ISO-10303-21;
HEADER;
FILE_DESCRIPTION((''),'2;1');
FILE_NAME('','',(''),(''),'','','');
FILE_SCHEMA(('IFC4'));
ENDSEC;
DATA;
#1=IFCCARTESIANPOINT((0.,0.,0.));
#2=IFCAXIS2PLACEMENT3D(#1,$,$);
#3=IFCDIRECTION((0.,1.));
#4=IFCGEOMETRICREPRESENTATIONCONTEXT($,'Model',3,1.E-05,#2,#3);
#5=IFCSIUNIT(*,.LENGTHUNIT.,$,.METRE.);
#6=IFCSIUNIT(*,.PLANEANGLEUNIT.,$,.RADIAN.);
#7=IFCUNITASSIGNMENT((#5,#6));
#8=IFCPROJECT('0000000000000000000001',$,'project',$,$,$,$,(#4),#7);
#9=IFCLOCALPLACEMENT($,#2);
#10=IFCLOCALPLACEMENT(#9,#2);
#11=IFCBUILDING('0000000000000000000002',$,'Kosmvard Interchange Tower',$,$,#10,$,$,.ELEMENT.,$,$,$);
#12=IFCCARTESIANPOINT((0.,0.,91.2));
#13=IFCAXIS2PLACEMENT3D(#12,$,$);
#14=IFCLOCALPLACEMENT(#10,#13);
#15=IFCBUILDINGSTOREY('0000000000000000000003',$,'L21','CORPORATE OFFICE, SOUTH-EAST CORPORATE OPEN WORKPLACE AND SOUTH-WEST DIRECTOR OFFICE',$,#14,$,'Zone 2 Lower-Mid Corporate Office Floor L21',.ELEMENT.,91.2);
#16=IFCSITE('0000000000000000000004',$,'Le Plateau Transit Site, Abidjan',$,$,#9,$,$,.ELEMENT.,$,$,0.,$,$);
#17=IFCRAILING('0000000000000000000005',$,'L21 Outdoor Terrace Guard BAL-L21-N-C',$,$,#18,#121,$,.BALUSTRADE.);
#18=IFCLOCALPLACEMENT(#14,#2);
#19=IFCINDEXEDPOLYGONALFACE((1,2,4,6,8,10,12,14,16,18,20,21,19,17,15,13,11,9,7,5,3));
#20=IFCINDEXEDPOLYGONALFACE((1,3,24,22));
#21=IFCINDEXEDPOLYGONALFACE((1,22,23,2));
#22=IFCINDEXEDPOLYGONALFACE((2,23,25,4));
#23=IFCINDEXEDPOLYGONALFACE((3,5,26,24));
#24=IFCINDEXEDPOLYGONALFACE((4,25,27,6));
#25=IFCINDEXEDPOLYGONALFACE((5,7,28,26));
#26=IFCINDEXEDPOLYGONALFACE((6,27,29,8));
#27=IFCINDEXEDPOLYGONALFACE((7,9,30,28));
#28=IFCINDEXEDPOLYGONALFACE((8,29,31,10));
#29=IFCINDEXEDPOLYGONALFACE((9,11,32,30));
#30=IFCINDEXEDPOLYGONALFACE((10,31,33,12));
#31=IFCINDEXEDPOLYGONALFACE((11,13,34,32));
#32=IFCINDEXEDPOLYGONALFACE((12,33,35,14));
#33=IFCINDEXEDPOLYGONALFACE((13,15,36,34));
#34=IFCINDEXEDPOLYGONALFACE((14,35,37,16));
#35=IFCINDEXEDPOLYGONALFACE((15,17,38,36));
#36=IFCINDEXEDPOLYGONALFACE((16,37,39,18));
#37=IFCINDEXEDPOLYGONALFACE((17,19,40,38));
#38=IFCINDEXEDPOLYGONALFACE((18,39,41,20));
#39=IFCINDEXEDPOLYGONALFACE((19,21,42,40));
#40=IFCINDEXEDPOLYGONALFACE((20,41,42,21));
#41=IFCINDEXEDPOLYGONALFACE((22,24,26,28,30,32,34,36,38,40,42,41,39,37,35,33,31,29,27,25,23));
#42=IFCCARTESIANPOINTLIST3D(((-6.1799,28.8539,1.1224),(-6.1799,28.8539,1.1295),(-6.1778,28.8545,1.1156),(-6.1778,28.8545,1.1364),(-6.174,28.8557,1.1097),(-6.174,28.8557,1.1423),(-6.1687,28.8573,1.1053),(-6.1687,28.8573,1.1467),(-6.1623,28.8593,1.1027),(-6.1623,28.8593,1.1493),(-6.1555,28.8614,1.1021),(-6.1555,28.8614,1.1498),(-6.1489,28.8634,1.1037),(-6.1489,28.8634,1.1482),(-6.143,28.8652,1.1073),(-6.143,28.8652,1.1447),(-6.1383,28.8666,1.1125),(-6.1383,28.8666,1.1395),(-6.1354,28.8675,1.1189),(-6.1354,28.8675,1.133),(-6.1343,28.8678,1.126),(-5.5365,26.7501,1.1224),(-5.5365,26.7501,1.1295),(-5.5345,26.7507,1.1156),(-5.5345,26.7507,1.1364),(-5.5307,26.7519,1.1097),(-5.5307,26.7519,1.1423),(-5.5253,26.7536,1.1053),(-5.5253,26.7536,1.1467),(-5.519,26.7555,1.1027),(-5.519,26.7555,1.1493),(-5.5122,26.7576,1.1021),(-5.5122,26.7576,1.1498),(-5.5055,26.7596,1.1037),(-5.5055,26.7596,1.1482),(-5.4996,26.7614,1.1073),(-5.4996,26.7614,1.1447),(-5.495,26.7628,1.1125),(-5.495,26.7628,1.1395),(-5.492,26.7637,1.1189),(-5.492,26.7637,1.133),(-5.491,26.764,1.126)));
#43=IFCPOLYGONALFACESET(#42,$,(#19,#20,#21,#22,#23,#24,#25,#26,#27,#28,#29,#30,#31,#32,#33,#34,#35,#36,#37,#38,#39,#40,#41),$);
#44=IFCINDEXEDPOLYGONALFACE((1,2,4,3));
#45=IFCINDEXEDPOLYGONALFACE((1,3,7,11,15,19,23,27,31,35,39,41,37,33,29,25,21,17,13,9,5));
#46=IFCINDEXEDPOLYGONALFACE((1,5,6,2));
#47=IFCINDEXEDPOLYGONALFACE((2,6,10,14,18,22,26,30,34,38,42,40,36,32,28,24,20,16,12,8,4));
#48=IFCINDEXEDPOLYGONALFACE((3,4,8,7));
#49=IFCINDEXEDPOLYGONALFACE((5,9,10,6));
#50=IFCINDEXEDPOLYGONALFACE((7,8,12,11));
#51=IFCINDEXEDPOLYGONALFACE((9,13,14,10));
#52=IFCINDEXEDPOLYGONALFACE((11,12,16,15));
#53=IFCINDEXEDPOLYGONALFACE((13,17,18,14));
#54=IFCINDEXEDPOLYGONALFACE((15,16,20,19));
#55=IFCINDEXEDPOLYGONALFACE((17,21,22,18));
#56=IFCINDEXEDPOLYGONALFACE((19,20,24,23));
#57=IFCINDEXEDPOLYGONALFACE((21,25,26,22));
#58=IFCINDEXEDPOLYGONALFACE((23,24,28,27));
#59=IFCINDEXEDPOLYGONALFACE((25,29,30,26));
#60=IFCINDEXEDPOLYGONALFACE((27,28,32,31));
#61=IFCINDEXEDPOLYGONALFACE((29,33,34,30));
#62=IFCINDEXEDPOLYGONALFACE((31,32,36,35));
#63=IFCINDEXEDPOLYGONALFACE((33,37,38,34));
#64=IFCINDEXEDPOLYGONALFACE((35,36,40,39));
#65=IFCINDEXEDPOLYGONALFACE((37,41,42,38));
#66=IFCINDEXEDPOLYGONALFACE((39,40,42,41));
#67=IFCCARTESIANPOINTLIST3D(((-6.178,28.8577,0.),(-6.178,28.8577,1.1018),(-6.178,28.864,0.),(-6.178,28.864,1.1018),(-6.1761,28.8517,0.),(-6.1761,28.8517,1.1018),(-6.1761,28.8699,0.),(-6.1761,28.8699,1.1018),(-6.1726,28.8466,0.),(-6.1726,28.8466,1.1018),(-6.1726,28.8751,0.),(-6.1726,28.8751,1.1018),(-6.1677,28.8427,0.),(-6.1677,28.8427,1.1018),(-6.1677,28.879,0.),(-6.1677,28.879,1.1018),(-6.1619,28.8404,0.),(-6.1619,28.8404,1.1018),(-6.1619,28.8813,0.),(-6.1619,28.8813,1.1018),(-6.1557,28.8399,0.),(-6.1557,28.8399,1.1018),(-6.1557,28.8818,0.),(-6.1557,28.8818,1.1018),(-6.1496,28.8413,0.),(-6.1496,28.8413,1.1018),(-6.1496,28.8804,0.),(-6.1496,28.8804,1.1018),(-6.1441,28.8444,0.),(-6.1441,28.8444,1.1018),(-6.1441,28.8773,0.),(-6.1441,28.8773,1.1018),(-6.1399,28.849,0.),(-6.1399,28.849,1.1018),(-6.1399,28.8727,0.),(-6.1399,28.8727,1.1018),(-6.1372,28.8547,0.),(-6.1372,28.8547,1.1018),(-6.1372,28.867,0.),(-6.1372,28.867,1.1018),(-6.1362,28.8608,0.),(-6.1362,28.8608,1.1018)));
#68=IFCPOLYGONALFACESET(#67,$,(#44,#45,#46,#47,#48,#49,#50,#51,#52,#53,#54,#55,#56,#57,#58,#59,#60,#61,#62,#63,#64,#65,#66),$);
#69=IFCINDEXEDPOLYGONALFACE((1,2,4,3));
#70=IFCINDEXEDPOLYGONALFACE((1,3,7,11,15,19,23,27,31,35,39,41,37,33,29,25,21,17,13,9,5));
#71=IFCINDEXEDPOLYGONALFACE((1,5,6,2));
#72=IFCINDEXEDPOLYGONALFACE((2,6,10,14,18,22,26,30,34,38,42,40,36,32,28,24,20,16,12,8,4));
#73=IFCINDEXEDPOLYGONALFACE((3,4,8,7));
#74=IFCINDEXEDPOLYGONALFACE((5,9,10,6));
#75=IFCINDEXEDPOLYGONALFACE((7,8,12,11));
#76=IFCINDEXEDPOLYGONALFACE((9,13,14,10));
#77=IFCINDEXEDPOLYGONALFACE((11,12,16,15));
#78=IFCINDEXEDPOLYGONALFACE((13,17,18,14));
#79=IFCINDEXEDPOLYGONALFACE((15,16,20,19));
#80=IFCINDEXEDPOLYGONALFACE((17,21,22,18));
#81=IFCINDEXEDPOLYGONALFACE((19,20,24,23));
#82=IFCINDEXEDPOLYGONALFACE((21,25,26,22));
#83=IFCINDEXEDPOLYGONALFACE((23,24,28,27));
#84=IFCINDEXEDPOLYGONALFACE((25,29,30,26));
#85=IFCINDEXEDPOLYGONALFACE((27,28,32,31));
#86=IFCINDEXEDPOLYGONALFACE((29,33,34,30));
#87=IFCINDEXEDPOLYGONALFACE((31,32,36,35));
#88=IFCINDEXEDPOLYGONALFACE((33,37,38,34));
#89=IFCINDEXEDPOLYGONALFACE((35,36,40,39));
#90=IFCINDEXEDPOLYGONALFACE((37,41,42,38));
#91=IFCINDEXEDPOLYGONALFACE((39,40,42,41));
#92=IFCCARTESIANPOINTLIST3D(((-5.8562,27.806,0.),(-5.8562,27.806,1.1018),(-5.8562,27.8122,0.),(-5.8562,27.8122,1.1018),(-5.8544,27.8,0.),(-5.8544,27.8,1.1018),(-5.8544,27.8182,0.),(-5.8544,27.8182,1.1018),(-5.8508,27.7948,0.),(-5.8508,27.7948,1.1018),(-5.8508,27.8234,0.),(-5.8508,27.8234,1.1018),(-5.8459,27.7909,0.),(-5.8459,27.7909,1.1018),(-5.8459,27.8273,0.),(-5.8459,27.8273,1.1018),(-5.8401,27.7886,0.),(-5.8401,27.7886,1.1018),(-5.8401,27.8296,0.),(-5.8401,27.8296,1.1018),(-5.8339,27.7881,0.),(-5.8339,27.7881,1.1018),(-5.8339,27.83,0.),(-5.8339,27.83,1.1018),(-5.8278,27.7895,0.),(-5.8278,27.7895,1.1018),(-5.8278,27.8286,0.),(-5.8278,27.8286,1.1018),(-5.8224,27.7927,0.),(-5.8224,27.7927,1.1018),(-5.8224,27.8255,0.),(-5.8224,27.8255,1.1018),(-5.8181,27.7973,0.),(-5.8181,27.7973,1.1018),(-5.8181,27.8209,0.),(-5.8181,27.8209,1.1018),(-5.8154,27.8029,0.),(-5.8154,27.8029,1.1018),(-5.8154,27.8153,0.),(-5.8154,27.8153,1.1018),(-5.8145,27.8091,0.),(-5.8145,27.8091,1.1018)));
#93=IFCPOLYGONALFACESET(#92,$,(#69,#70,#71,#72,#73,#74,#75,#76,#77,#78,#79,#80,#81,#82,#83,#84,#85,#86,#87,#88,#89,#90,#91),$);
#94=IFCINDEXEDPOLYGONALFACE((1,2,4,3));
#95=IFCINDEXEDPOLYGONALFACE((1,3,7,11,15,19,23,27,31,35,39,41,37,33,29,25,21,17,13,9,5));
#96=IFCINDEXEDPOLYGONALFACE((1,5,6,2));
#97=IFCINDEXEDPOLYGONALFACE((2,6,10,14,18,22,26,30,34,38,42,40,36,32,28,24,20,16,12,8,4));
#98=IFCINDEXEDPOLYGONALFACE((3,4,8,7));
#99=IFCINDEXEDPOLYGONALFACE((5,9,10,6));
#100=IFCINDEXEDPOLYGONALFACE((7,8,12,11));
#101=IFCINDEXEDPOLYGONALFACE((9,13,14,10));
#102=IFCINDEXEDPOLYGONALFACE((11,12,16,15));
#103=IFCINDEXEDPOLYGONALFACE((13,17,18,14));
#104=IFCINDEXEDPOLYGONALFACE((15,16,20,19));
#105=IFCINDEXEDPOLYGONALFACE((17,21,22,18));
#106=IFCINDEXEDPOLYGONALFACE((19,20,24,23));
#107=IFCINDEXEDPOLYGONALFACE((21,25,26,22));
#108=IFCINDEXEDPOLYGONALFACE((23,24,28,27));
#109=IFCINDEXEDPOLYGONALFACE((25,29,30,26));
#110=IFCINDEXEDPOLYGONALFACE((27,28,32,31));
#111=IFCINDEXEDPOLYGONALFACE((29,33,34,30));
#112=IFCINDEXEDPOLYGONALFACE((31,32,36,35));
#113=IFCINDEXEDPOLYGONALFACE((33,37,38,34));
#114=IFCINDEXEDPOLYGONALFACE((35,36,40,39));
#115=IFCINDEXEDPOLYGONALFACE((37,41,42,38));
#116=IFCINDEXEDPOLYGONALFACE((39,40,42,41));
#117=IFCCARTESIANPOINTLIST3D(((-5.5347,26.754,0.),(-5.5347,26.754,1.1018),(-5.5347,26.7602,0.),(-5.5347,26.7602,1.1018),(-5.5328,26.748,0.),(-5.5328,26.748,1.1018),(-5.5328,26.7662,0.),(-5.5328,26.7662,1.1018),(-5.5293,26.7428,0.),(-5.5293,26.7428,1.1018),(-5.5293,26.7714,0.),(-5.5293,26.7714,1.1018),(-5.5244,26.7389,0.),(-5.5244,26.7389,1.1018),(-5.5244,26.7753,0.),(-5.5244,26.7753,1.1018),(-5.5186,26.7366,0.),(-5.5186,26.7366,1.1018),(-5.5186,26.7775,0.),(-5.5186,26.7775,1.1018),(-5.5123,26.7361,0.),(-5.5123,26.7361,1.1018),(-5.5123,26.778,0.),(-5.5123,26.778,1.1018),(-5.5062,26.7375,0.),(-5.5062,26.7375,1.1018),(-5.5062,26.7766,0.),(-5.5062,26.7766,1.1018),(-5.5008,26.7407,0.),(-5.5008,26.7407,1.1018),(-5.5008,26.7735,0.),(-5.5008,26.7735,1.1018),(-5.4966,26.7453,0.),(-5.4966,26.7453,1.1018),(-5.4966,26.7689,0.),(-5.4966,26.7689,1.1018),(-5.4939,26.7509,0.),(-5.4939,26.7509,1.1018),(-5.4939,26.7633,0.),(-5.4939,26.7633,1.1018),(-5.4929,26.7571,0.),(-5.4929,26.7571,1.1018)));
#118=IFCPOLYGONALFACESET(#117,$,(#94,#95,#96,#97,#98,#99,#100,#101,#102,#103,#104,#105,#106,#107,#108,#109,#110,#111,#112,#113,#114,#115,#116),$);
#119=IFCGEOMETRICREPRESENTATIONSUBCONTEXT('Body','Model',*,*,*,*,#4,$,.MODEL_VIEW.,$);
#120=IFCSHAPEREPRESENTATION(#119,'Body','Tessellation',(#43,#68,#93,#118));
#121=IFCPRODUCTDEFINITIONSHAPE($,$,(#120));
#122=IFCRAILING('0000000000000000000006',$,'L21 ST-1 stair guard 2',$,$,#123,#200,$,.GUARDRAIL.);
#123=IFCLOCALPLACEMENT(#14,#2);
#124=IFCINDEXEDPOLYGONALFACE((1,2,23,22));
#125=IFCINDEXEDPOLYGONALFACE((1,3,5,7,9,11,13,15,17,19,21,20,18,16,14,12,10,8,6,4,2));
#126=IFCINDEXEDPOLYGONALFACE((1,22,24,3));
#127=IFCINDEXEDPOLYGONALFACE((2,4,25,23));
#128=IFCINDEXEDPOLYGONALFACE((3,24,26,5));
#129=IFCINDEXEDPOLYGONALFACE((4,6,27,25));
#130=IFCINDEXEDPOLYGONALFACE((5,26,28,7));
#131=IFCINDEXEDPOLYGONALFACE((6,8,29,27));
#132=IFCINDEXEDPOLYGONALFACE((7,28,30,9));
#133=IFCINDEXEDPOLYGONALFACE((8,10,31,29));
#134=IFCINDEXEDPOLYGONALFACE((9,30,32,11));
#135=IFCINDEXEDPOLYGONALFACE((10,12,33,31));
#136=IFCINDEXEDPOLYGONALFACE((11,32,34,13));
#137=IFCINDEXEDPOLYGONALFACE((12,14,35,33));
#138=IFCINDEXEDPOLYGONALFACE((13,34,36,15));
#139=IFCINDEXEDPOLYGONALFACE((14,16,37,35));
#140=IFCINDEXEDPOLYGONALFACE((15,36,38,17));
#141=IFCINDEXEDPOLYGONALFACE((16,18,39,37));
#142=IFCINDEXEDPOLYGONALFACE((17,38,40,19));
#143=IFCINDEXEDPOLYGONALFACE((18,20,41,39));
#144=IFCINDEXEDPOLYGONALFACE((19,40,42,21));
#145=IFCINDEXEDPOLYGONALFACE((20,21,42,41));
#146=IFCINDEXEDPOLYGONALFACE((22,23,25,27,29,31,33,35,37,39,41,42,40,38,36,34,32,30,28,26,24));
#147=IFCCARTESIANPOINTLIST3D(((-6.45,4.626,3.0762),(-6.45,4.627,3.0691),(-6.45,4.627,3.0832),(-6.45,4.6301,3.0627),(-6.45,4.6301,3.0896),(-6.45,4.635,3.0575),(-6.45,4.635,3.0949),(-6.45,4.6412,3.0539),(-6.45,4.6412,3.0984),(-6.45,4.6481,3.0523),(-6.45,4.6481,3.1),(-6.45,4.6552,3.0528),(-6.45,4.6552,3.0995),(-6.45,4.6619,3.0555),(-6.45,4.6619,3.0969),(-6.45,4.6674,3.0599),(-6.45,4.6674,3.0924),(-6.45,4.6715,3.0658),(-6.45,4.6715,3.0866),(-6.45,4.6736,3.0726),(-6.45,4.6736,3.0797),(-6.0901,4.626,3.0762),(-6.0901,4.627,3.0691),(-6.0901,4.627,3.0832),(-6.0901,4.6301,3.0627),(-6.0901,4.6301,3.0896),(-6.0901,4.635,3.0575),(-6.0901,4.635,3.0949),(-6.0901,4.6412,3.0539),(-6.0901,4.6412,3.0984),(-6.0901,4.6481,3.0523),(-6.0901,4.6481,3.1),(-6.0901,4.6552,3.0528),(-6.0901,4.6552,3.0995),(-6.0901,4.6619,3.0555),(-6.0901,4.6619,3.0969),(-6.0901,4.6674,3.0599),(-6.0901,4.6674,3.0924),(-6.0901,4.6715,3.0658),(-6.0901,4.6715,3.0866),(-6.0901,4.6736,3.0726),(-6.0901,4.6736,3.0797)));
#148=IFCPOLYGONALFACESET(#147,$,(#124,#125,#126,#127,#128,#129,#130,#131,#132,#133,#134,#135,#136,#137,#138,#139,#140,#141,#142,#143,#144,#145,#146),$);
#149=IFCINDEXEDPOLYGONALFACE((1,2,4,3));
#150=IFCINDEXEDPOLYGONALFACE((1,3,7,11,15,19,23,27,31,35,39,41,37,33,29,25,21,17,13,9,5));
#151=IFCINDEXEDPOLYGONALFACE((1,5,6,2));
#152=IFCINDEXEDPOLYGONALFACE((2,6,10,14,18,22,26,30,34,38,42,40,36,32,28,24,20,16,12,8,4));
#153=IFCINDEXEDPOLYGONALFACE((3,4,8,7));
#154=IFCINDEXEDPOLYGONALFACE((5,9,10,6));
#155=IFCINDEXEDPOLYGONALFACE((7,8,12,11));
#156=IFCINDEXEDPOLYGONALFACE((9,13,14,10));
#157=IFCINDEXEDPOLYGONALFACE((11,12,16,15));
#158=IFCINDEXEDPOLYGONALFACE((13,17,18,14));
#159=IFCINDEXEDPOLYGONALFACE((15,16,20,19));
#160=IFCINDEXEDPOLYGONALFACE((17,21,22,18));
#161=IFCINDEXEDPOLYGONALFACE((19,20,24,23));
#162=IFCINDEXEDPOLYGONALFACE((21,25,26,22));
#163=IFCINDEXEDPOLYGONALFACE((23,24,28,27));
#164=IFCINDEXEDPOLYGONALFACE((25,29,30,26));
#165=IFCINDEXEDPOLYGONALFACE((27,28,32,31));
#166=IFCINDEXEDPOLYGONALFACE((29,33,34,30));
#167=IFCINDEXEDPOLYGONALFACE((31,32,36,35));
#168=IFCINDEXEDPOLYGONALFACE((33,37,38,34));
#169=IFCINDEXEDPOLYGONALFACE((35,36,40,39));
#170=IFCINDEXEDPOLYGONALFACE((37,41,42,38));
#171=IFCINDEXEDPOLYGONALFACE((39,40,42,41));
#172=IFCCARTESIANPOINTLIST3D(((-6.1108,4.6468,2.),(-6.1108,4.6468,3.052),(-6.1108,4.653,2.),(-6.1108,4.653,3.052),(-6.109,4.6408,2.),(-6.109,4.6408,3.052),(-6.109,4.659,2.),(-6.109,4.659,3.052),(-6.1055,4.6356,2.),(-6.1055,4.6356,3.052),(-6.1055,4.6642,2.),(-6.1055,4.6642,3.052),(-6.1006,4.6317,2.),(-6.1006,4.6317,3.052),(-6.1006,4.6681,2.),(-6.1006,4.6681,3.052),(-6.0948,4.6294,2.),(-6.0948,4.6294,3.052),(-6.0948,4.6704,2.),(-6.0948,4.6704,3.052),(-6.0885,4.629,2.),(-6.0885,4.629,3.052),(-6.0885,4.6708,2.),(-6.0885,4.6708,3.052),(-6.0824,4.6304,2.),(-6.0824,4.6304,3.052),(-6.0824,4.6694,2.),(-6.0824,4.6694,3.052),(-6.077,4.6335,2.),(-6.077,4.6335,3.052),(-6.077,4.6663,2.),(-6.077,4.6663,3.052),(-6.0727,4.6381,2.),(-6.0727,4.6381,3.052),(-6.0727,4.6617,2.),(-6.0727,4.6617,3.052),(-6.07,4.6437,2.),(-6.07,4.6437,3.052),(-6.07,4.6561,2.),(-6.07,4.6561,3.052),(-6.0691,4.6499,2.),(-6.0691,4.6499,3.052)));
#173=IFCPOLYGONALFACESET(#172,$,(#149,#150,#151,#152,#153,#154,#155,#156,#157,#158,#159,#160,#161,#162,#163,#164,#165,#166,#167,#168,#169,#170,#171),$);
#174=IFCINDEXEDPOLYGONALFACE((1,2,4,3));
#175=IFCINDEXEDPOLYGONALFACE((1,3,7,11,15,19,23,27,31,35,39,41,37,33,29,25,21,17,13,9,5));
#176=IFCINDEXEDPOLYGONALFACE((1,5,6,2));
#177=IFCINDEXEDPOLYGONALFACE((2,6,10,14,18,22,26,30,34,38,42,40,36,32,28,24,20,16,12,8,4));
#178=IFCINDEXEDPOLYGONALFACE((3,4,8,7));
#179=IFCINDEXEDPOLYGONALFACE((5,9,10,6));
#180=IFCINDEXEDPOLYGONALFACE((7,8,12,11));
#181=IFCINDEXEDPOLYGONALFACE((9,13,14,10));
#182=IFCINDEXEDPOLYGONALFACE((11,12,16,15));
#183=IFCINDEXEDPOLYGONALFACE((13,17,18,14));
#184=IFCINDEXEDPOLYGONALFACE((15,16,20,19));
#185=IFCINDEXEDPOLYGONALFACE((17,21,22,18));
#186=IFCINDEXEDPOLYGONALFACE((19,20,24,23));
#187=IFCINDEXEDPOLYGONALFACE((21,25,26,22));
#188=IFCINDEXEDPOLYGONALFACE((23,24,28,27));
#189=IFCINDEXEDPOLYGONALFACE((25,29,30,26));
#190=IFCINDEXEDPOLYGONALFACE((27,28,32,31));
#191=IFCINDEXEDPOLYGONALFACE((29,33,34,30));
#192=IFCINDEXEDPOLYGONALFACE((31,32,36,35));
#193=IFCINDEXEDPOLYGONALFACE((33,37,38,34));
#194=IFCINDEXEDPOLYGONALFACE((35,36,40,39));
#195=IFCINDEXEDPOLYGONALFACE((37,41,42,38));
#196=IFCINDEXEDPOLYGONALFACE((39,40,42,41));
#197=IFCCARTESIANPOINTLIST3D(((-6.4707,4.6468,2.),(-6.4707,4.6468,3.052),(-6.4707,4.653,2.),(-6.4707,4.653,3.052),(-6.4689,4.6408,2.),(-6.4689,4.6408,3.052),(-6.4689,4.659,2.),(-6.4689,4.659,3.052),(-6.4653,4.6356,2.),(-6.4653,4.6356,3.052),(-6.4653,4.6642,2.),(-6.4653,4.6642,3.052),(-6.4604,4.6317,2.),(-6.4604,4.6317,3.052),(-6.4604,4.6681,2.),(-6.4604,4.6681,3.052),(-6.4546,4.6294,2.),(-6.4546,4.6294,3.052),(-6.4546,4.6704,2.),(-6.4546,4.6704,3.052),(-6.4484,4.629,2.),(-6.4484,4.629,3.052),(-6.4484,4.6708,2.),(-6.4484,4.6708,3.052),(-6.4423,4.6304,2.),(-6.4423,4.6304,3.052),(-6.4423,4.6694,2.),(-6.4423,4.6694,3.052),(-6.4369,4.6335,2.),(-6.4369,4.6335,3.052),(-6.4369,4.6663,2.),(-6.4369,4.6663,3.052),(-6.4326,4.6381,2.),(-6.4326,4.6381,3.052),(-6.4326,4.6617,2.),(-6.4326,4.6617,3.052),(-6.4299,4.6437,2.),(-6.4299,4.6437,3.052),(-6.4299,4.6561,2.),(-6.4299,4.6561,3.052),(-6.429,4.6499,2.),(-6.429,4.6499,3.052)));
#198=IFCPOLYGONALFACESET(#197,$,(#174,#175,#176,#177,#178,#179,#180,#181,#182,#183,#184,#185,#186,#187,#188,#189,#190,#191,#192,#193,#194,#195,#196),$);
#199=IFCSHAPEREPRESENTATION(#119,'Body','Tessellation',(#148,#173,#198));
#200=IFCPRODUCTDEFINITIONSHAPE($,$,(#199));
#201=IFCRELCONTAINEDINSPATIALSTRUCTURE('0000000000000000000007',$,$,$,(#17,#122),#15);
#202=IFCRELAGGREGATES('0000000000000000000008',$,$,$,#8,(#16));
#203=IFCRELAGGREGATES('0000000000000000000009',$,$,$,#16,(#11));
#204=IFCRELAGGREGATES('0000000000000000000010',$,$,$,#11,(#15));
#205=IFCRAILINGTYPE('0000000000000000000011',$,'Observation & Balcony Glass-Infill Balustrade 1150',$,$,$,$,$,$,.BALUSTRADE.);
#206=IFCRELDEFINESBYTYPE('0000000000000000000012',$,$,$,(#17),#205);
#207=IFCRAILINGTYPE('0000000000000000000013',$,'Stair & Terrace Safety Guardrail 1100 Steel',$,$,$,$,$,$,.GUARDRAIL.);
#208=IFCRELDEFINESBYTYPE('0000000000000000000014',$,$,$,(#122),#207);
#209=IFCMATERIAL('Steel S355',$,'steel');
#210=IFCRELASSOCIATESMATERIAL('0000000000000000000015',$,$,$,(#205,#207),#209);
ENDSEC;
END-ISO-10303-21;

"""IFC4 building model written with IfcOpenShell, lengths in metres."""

from ifc_helpers import new_model, si_unit, direction, frame, origin, origin_2d, place, context, subcontext, project, spatial, circle, extrude, source, transform, mapped, material, type_object, element, save


model = new_model("IFC4")

# Units and contexts
model_context = context("Model", 3, precision=1e-05, world=origin(), true_north=direction((0.0, 1.0)))
body_context = subcontext(model_context, "Body", "Model", "MODEL_VIEW")
ifc_project = project(units=[si_unit("LENGTHUNIT", "METRE"), si_unit("PLANEANGLEUNIT", "RADIAN")], contexts=[model_context])

# Site, building, storey
site_placement = place(None, origin())
site = spatial("IfcSite", under=ifc_project, at=site_placement, Name="Le Plateau Transit Site, Abidjan", CompositionType="ELEMENT", RefElevation=0.0)
building_placement = place(site_placement, origin())
building = spatial("IfcBuilding", under=site, at=building_placement, Name="Kosmvard Interchange Tower", CompositionType="ELEMENT")
storey_placement = place(building_placement, frame((0.0, 0.0, 91.2)))
storey = spatial("IfcBuildingStorey", under=building, at=storey_placement, Name="L21", Description="CORPORATE OFFICE, SOUTH-EAST CORPORATE OPEN WORKPLACE AND SOUTH-WEST DIRECTOR OFFICE", LongName="Zone 2 Lower-Mid Corporate Office Floor L21", CompositionType="ELEMENT", Elevation=91.2)

# Shared definitions
ifc_material_1 = material(Name="Steel S355", Category="steel")

# Railings
railing_type_1 = type_object("IfcRailingType", Name="Observation & Balcony Glass-Infill Balustrade 1150", PredefinedType="BALUSTRADE", material=ifc_material_1)
shared_shape_1 = source(origin(), body_context, "Body", "SweptSolid", [
    extrude(circle(Radius=0.0239, at=origin_2d()), frame((0.0, 0.0, 1.126), z_axis=(0.292424, -0.956289, 0.0), x_axis=(0.956289, 0.292424, 0.0)), (0.0, 0.0, 1.0), 2.2),
    extrude(circle(Radius=0.021, at=origin_2d()), origin(), (0.0, 0.0, 1.0), 1.1018),
    extrude(circle(Radius=0.021, at=origin_2d()), frame((0.3218, -1.0518, 0.0)), (0.0, 0.0, 1.0), 1.1018),
    extrude(circle(Radius=0.021, at=origin_2d()), frame((0.6433, -2.1038, 0.0)), (0.0, 0.0, 1.0), 1.1018),
])
railing_1_placement = place(storey_placement, frame((-6.1572, 28.8608, 0.0)))
element("IfcRailing", 1, at=railing_1_placement, inside=storey, type_object=railing_type_1, Name="L21 Outdoor Terrace Guard BAL-L21-N-C", PredefinedType="BALUSTRADE", context=body_context, shape_type="MappedRepresentation", body=[
    mapped(shared_shape_1, transform((0.0, 0.0, 0.0), scale=1.0)),
])
railing_type_2 = type_object("IfcRailingType", Name="Stair & Terrace Safety Guardrail 1100 Steel", PredefinedType="GUARDRAIL", material=ifc_material_1)
shared_shape_2 = source(origin(), body_context, "Body", "SweptSolid", [
    extrude(circle(Radius=0.0239, at=origin_2d()), frame((0.0, 0.0, 1.0762), z_axis=(-1.0, 0.0, 0.0), x_axis=(0.0, -1.0, 0.0)), (0.0, 0.0, 1.0), 0.3599),
    extrude(circle(Radius=0.021, at=origin_2d()), origin(), (0.0, 0.0, 1.0), 1.052),
    extrude(circle(Radius=0.021, at=origin_2d()), frame((-0.3599, 0.0, 0.0)), (0.0, 0.0, 1.0), 1.052),
])
for number, where, name in (
    (2, (-6.0901, 4.6499, 2.0), "L21 ST-1 stair guard 2"),
):
    element("IfcRailing", number, at=place(storey_placement, frame(where)), inside=storey, type_object=railing_type_2, Name=name, PredefinedType="GUARDRAIL", context=body_context, shape_type="MappedRepresentation", body=[
        mapped(shared_shape_2, transform((0.0, 0.0, 0.0), scale=1.0)),
    ])

save(model, "model.ifc")
